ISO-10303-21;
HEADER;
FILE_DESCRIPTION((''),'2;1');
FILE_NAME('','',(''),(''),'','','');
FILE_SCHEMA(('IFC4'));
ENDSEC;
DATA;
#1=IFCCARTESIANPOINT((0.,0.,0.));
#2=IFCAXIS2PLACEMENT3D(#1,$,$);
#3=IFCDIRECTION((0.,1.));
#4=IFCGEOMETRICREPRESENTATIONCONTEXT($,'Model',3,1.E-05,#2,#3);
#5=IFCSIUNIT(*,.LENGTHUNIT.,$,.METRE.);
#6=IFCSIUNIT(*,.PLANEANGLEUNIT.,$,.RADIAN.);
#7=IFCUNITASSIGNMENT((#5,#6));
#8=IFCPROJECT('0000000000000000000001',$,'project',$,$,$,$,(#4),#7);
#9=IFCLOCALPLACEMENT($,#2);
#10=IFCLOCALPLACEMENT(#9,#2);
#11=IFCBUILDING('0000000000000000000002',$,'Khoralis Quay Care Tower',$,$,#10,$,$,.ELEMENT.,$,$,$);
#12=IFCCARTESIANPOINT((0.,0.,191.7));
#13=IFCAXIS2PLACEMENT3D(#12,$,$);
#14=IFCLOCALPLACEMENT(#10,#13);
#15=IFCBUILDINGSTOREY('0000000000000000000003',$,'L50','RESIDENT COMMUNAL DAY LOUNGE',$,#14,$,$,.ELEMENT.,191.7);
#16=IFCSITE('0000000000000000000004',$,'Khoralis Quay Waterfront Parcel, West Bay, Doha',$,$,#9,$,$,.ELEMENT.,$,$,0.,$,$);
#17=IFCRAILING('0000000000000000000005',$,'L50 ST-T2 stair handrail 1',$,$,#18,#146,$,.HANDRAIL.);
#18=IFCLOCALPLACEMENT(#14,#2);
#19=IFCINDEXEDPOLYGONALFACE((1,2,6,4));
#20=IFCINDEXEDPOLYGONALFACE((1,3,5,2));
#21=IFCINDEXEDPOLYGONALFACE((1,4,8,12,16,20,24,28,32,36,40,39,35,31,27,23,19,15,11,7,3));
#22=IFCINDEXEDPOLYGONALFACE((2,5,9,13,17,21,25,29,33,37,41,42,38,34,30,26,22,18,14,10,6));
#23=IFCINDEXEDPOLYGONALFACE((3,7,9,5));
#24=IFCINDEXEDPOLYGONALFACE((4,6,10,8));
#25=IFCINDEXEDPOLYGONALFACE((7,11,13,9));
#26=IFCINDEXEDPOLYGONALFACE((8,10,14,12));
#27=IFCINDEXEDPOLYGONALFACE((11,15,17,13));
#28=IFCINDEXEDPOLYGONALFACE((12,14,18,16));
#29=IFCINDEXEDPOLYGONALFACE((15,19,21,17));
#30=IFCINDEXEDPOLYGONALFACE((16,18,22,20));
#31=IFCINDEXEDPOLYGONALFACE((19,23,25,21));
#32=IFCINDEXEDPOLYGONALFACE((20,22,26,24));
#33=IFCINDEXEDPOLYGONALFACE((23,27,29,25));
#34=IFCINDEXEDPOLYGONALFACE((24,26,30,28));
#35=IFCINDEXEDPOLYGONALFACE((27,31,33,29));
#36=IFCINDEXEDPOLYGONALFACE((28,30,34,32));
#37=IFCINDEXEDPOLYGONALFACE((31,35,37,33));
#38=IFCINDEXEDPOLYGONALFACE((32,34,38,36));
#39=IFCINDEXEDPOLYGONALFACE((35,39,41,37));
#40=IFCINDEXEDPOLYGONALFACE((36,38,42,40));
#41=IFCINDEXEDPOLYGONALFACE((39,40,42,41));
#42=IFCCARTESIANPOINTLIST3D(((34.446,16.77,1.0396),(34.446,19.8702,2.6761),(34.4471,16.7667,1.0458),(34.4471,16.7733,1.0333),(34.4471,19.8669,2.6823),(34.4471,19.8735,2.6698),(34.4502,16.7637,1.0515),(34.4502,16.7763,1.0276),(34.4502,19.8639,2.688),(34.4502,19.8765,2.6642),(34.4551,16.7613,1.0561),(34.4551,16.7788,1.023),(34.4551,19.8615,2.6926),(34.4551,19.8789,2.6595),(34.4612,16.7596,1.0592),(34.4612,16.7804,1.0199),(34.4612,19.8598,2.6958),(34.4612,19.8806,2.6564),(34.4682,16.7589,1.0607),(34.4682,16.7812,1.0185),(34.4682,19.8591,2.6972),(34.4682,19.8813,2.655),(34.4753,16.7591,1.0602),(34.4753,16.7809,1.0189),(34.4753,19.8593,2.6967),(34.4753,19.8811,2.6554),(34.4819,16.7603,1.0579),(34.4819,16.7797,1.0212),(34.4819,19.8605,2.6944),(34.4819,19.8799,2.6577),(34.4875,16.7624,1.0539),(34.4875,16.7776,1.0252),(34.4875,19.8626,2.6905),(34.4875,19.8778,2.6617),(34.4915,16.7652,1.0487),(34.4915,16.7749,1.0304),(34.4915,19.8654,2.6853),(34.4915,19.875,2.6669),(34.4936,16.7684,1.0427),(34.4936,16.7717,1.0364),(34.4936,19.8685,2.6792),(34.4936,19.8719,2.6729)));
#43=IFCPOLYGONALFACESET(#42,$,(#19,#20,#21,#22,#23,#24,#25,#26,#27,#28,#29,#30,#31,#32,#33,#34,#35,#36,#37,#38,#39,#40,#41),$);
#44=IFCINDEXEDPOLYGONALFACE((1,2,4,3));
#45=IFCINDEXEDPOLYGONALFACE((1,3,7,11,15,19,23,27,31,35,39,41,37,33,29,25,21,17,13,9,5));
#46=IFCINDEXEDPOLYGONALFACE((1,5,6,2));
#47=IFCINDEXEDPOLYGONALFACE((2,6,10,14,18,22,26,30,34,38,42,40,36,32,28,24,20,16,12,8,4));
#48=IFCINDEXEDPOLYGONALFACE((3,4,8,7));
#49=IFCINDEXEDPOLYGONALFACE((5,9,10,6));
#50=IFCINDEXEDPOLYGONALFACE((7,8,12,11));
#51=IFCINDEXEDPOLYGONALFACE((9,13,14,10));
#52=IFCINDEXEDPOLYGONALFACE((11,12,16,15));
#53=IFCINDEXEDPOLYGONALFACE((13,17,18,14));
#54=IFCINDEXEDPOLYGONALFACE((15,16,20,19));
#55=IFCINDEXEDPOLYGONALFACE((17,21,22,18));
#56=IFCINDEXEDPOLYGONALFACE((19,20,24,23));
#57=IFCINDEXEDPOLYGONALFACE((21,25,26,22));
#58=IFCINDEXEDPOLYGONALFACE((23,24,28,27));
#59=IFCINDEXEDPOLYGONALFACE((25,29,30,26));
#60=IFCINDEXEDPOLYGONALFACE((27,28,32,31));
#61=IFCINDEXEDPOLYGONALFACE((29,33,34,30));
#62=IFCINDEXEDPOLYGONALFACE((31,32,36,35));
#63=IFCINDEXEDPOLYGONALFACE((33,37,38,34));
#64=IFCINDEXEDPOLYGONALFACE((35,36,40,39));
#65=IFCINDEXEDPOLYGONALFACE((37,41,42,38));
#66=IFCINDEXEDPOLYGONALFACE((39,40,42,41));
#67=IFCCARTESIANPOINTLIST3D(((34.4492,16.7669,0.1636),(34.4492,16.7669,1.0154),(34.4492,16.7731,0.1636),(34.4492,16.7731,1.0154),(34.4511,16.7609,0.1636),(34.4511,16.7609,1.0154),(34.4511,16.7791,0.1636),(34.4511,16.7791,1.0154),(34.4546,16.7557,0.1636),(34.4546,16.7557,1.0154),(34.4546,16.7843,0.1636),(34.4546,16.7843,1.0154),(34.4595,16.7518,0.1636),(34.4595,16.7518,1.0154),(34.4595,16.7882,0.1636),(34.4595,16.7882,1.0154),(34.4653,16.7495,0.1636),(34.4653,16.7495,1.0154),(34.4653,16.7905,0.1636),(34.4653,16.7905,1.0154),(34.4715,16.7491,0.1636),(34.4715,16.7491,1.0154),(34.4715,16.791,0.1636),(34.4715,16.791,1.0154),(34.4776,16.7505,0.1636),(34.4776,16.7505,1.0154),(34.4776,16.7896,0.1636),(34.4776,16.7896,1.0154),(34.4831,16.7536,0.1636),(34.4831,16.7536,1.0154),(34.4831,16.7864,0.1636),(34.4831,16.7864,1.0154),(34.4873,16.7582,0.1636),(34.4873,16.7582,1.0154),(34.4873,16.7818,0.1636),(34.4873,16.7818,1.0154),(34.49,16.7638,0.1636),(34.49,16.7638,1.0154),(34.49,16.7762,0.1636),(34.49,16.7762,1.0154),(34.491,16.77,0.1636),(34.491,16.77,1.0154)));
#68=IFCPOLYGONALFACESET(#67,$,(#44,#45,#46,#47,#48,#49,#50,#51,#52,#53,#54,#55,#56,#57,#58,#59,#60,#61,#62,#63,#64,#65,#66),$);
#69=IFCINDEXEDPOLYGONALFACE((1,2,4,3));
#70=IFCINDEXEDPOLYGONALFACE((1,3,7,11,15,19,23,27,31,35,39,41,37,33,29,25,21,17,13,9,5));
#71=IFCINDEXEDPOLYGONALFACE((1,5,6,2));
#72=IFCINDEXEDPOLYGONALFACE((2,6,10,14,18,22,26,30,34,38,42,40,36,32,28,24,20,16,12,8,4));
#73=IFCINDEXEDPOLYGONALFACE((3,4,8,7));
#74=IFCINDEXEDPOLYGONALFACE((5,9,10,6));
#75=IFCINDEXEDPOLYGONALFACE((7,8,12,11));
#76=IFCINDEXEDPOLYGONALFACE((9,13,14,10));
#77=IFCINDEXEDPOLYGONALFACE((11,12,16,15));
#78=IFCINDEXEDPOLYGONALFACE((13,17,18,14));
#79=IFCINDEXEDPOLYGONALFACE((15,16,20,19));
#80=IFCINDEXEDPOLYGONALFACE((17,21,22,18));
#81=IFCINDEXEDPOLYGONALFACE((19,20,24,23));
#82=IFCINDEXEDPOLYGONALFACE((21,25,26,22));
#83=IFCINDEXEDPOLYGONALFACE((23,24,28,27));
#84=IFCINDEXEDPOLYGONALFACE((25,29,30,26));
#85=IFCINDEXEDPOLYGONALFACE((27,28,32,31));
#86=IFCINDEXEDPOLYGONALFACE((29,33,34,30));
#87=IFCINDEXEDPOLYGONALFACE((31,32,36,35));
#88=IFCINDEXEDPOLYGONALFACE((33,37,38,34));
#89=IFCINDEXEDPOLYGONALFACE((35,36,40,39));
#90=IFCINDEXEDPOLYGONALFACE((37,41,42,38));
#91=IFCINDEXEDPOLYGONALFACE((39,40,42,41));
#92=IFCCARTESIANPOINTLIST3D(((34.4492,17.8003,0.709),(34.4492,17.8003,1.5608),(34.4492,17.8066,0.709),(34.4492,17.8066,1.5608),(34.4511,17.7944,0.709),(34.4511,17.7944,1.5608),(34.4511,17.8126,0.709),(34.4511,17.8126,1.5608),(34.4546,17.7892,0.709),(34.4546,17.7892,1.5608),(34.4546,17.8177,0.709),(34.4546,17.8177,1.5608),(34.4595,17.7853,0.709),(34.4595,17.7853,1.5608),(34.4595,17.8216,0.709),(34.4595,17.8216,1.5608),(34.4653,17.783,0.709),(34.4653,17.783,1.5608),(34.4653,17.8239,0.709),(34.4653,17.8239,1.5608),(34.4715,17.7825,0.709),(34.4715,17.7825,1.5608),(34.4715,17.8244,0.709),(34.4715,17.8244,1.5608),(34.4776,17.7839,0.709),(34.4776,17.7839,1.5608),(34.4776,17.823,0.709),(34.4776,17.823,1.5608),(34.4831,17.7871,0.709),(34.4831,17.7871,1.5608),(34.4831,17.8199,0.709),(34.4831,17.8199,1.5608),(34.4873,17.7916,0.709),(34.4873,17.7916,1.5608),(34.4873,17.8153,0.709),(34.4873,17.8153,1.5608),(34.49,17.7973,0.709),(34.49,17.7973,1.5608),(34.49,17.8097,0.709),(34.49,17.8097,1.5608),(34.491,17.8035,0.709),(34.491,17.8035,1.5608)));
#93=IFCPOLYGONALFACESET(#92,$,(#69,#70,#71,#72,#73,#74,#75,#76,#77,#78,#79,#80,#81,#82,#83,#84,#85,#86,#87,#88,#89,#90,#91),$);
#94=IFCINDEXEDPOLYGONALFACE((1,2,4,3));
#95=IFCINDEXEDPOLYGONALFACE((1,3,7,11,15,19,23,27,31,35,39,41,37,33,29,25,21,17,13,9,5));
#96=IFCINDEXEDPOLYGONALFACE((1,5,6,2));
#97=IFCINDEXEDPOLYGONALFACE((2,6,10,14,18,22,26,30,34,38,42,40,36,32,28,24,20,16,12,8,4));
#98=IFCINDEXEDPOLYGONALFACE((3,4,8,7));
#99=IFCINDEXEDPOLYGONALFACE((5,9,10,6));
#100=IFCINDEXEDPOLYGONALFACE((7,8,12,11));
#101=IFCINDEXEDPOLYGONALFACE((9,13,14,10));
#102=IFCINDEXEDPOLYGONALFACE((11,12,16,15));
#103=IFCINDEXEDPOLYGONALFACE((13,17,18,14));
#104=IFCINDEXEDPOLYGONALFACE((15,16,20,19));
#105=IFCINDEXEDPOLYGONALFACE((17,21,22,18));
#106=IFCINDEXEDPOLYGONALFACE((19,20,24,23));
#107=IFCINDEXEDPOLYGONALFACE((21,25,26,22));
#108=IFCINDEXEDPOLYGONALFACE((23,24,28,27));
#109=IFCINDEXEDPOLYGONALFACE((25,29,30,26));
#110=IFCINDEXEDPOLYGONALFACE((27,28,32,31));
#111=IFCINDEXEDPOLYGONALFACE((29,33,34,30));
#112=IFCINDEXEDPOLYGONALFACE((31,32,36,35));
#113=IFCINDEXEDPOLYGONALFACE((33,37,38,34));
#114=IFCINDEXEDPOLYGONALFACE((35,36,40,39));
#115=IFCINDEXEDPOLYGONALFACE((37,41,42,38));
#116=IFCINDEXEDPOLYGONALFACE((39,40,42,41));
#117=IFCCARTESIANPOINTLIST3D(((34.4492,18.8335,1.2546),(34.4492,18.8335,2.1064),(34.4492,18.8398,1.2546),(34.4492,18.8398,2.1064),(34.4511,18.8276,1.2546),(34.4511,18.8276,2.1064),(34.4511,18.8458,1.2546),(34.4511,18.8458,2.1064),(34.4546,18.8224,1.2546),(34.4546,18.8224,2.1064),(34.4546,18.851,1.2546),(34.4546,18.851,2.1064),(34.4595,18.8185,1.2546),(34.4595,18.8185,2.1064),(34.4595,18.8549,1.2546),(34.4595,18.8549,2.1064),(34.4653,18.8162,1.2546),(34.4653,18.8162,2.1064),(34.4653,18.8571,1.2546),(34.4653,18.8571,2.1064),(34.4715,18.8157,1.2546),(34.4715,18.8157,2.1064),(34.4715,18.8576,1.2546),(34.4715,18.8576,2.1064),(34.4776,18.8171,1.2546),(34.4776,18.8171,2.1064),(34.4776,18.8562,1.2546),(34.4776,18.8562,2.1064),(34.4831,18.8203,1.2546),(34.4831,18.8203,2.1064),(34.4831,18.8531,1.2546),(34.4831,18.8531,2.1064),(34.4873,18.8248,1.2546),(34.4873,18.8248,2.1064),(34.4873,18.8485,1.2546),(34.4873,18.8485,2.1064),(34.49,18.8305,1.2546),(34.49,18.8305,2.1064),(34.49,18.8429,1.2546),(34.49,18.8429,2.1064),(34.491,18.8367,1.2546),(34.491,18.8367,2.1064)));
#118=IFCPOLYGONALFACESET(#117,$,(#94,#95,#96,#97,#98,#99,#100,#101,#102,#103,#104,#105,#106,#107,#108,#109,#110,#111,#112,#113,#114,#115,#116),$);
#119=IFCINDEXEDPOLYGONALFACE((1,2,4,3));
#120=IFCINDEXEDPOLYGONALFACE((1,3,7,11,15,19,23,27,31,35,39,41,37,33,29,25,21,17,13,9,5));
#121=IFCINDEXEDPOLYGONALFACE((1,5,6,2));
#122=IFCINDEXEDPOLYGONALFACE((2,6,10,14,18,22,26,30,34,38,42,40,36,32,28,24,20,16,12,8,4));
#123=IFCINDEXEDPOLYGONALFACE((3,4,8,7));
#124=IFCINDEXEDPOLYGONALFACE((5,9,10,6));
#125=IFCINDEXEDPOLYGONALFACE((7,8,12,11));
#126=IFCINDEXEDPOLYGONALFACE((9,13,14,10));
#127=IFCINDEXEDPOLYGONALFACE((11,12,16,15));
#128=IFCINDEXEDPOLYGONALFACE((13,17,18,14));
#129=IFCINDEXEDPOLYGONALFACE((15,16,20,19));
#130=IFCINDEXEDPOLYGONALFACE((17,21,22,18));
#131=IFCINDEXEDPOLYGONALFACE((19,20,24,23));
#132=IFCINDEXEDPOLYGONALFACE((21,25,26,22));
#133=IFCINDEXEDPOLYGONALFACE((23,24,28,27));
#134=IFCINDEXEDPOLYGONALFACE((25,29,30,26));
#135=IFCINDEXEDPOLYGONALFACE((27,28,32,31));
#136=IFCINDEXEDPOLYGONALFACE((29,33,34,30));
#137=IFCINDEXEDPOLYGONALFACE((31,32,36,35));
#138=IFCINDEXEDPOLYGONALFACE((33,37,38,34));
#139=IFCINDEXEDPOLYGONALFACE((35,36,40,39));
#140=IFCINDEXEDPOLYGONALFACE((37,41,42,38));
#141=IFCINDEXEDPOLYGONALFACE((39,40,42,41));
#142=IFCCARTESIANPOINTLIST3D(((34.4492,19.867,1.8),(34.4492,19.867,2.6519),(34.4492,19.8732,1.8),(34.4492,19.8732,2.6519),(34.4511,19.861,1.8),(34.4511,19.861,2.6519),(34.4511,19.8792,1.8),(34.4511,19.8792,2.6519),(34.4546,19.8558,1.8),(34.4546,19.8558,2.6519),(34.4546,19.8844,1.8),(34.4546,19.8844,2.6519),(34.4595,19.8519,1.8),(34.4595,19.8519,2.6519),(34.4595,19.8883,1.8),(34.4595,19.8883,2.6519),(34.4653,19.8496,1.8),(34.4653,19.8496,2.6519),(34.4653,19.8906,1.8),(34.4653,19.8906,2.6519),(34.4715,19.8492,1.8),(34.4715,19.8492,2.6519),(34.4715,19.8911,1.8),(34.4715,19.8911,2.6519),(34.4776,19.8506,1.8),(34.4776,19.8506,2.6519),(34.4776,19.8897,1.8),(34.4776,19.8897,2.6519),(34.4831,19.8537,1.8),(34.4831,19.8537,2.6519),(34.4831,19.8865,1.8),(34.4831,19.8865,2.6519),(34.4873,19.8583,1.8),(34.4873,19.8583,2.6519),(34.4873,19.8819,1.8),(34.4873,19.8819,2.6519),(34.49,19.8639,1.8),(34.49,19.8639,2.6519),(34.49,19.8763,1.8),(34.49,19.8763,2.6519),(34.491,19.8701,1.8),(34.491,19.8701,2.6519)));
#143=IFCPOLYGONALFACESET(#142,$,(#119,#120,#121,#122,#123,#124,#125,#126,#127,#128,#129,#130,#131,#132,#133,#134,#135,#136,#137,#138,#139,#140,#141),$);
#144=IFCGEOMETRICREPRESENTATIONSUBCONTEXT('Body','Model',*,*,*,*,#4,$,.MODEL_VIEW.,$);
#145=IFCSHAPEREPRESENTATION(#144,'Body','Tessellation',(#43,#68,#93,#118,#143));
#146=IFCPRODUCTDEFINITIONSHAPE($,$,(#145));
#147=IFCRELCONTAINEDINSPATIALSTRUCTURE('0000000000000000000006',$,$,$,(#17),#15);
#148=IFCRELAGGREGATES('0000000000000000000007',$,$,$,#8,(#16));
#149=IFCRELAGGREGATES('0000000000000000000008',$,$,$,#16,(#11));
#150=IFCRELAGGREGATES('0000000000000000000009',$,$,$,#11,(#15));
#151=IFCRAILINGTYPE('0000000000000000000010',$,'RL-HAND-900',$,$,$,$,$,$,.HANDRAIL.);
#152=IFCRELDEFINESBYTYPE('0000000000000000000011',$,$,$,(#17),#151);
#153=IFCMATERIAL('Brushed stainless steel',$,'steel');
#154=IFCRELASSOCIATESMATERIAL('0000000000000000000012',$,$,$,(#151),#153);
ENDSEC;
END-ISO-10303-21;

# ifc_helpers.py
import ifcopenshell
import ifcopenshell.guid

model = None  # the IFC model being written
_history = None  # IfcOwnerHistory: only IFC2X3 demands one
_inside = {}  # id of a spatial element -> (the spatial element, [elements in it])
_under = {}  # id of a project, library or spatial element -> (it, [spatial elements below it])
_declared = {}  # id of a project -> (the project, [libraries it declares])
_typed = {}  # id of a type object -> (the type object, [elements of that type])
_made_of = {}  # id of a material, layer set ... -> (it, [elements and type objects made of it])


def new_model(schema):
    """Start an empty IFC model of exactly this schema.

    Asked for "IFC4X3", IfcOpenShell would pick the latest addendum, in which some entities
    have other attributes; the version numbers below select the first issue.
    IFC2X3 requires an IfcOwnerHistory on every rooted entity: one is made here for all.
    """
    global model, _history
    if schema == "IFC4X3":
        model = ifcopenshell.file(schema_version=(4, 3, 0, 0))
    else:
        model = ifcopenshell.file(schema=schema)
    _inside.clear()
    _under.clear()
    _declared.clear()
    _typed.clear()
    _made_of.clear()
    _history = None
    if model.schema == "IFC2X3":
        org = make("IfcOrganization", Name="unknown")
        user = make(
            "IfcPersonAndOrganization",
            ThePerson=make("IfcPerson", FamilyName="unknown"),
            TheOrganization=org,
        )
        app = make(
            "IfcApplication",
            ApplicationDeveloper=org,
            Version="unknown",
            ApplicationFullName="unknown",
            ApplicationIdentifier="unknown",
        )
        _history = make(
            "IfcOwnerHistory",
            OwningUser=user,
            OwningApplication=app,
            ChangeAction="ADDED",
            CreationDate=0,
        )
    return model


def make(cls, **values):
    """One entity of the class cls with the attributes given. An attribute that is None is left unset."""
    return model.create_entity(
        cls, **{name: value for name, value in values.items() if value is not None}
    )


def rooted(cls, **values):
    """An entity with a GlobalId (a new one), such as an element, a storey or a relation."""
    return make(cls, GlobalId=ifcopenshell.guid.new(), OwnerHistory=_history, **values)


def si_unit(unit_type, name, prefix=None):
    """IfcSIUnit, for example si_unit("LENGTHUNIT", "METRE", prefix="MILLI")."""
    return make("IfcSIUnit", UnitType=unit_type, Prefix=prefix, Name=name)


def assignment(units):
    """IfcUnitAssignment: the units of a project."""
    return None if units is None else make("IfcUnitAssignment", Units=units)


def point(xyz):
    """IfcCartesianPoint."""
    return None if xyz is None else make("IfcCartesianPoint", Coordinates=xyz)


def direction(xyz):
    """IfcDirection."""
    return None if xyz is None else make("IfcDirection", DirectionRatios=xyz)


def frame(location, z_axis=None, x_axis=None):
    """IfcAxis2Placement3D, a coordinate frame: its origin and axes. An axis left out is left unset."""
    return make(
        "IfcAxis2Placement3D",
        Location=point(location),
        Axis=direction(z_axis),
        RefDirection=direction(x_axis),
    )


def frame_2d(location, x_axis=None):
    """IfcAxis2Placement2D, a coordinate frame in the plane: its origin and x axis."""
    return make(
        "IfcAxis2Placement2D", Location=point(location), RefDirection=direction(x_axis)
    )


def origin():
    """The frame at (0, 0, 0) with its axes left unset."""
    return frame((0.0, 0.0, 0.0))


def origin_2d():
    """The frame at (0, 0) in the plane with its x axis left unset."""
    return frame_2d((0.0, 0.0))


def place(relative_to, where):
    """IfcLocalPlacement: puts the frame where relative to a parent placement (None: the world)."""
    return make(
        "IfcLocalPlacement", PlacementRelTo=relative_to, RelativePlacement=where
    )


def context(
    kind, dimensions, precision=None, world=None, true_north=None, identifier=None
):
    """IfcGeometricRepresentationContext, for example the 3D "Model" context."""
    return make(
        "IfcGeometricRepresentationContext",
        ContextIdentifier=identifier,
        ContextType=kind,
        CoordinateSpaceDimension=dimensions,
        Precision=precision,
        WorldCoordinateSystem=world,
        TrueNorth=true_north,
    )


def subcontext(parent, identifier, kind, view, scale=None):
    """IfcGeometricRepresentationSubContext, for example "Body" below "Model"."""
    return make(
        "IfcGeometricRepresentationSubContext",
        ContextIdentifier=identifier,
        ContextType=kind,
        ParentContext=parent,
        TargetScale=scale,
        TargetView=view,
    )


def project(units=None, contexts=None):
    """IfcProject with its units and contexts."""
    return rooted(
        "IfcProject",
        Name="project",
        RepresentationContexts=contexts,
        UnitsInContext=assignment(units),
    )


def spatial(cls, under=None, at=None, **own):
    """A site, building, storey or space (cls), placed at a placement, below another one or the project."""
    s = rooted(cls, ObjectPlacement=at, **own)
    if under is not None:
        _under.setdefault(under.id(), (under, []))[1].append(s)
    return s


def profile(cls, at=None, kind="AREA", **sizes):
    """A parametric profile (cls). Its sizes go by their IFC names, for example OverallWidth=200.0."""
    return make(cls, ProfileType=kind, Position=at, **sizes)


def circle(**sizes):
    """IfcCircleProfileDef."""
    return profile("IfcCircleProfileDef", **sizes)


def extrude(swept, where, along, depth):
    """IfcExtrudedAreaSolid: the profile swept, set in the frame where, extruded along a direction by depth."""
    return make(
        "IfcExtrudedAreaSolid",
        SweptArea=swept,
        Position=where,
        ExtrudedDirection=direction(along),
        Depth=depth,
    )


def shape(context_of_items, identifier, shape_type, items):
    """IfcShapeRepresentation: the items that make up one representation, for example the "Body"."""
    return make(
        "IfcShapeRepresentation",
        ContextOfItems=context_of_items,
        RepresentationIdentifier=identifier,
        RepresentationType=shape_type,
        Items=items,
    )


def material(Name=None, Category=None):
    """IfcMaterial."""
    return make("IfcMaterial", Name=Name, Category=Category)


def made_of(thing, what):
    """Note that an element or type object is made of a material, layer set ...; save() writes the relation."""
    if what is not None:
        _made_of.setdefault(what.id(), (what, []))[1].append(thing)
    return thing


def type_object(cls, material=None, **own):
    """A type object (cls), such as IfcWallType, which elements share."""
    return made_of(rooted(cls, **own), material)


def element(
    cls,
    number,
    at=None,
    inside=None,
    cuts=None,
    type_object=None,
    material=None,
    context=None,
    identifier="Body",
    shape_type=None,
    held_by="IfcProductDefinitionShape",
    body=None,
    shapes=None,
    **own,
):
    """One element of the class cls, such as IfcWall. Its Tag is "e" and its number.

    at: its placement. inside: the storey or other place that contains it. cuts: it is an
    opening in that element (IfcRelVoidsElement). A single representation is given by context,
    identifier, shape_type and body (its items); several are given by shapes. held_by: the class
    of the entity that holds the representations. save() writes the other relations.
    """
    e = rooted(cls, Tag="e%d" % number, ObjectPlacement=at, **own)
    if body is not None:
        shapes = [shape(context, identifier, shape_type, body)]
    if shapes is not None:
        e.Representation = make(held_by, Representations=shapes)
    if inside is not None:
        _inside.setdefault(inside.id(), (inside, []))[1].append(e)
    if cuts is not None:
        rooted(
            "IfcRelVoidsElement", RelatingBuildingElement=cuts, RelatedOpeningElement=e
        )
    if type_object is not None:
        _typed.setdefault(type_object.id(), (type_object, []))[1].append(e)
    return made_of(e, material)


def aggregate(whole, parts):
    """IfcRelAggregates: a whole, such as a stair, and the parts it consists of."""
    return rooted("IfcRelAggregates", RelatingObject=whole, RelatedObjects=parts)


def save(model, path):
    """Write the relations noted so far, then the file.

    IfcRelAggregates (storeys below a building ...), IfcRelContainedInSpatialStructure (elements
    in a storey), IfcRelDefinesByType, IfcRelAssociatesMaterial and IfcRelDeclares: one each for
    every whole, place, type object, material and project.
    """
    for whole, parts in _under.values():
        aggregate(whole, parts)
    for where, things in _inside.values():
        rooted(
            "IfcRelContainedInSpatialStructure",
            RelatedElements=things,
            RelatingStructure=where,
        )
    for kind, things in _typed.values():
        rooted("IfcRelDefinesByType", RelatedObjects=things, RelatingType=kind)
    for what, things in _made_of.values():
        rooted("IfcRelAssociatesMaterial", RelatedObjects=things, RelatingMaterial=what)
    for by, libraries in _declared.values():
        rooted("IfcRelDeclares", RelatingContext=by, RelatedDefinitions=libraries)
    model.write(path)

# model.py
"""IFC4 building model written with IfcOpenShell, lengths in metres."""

from ifc_helpers import new_model, si_unit, direction, frame, origin, origin_2d, place, context, subcontext, project, spatial, circle, extrude, material, type_object, element, save


model = new_model("IFC4")

# Units and contexts
model_context = context("Model", 3, precision=1e-05, world=origin(), true_north=direction((0.0, 1.0)))
body_context = subcontext(model_context, "Body", "Model", "MODEL_VIEW")
ifc_project = project(units=[si_unit("LENGTHUNIT", "METRE"), si_unit("PLANEANGLEUNIT", "RADIAN")], contexts=[model_context])

# Site, building, storey
site_placement = place(None, origin())
site = spatial("IfcSite", under=ifc_project, at=site_placement, Name="Khoralis Quay Waterfront Parcel, West Bay, Doha", CompositionType="ELEMENT", RefElevation=0.0)
building_placement = place(site_placement, origin())
building = spatial("IfcBuilding", under=site, at=building_placement, Name="Khoralis Quay Care Tower", CompositionType="ELEMENT")
storey_placement = place(building_placement, frame((0.0, 0.0, 191.7)))
storey = spatial("IfcBuildingStorey", under=building, at=storey_placement, Name="L50", Description="RESIDENT COMMUNAL DAY LOUNGE", CompositionType="ELEMENT", Elevation=191.7)

# Shared definitions
ifc_material_1 = material(Name="Brushed stainless steel", Category="steel")

# Railing
railing_type_1 = type_object("IfcRailingType", Name="RL-HAND-900", PredefinedType="HANDRAIL", material=ifc_material_1)
railing_1_placement = place(storey_placement, frame((34.47, 16.77, 0.1636)))
element("IfcRailing", 1, at=railing_1_placement, inside=storey, type_object=railing_type_1, Name="L50 ST-T2 stair handrail 1", PredefinedType="HANDRAIL", context=body_context, shape_type="SweptSolid", body=[
    extrude(circle(Radius=0.0239, at=origin_2d()), frame((0.0, 0.0, 0.876), z_axis=(0.0, 0.884348, 0.466828), x_axis=(-1.0, 0.0, 0.0)), (0.0, 0.0, 1.0), 3.5056),
    extrude(circle(Radius=0.021, at=origin_2d()), origin(), (0.0, 0.0, 1.0), 0.8518),
    extrude(circle(Radius=0.021, at=origin_2d()), frame((0.0, 1.0334, 0.5454)), (0.0, 0.0, 1.0), 0.8518),
    extrude(circle(Radius=0.021, at=origin_2d()), frame((0.0, 2.0667, 1.0911)), (0.0, 0.0, 1.0), 0.8518),
    extrude(circle(Radius=0.021, at=origin_2d()), frame((0.0, 3.1001, 1.6365)), (0.0, 0.0, 1.0), 0.8518),
])

save(model, "model.ifc")
